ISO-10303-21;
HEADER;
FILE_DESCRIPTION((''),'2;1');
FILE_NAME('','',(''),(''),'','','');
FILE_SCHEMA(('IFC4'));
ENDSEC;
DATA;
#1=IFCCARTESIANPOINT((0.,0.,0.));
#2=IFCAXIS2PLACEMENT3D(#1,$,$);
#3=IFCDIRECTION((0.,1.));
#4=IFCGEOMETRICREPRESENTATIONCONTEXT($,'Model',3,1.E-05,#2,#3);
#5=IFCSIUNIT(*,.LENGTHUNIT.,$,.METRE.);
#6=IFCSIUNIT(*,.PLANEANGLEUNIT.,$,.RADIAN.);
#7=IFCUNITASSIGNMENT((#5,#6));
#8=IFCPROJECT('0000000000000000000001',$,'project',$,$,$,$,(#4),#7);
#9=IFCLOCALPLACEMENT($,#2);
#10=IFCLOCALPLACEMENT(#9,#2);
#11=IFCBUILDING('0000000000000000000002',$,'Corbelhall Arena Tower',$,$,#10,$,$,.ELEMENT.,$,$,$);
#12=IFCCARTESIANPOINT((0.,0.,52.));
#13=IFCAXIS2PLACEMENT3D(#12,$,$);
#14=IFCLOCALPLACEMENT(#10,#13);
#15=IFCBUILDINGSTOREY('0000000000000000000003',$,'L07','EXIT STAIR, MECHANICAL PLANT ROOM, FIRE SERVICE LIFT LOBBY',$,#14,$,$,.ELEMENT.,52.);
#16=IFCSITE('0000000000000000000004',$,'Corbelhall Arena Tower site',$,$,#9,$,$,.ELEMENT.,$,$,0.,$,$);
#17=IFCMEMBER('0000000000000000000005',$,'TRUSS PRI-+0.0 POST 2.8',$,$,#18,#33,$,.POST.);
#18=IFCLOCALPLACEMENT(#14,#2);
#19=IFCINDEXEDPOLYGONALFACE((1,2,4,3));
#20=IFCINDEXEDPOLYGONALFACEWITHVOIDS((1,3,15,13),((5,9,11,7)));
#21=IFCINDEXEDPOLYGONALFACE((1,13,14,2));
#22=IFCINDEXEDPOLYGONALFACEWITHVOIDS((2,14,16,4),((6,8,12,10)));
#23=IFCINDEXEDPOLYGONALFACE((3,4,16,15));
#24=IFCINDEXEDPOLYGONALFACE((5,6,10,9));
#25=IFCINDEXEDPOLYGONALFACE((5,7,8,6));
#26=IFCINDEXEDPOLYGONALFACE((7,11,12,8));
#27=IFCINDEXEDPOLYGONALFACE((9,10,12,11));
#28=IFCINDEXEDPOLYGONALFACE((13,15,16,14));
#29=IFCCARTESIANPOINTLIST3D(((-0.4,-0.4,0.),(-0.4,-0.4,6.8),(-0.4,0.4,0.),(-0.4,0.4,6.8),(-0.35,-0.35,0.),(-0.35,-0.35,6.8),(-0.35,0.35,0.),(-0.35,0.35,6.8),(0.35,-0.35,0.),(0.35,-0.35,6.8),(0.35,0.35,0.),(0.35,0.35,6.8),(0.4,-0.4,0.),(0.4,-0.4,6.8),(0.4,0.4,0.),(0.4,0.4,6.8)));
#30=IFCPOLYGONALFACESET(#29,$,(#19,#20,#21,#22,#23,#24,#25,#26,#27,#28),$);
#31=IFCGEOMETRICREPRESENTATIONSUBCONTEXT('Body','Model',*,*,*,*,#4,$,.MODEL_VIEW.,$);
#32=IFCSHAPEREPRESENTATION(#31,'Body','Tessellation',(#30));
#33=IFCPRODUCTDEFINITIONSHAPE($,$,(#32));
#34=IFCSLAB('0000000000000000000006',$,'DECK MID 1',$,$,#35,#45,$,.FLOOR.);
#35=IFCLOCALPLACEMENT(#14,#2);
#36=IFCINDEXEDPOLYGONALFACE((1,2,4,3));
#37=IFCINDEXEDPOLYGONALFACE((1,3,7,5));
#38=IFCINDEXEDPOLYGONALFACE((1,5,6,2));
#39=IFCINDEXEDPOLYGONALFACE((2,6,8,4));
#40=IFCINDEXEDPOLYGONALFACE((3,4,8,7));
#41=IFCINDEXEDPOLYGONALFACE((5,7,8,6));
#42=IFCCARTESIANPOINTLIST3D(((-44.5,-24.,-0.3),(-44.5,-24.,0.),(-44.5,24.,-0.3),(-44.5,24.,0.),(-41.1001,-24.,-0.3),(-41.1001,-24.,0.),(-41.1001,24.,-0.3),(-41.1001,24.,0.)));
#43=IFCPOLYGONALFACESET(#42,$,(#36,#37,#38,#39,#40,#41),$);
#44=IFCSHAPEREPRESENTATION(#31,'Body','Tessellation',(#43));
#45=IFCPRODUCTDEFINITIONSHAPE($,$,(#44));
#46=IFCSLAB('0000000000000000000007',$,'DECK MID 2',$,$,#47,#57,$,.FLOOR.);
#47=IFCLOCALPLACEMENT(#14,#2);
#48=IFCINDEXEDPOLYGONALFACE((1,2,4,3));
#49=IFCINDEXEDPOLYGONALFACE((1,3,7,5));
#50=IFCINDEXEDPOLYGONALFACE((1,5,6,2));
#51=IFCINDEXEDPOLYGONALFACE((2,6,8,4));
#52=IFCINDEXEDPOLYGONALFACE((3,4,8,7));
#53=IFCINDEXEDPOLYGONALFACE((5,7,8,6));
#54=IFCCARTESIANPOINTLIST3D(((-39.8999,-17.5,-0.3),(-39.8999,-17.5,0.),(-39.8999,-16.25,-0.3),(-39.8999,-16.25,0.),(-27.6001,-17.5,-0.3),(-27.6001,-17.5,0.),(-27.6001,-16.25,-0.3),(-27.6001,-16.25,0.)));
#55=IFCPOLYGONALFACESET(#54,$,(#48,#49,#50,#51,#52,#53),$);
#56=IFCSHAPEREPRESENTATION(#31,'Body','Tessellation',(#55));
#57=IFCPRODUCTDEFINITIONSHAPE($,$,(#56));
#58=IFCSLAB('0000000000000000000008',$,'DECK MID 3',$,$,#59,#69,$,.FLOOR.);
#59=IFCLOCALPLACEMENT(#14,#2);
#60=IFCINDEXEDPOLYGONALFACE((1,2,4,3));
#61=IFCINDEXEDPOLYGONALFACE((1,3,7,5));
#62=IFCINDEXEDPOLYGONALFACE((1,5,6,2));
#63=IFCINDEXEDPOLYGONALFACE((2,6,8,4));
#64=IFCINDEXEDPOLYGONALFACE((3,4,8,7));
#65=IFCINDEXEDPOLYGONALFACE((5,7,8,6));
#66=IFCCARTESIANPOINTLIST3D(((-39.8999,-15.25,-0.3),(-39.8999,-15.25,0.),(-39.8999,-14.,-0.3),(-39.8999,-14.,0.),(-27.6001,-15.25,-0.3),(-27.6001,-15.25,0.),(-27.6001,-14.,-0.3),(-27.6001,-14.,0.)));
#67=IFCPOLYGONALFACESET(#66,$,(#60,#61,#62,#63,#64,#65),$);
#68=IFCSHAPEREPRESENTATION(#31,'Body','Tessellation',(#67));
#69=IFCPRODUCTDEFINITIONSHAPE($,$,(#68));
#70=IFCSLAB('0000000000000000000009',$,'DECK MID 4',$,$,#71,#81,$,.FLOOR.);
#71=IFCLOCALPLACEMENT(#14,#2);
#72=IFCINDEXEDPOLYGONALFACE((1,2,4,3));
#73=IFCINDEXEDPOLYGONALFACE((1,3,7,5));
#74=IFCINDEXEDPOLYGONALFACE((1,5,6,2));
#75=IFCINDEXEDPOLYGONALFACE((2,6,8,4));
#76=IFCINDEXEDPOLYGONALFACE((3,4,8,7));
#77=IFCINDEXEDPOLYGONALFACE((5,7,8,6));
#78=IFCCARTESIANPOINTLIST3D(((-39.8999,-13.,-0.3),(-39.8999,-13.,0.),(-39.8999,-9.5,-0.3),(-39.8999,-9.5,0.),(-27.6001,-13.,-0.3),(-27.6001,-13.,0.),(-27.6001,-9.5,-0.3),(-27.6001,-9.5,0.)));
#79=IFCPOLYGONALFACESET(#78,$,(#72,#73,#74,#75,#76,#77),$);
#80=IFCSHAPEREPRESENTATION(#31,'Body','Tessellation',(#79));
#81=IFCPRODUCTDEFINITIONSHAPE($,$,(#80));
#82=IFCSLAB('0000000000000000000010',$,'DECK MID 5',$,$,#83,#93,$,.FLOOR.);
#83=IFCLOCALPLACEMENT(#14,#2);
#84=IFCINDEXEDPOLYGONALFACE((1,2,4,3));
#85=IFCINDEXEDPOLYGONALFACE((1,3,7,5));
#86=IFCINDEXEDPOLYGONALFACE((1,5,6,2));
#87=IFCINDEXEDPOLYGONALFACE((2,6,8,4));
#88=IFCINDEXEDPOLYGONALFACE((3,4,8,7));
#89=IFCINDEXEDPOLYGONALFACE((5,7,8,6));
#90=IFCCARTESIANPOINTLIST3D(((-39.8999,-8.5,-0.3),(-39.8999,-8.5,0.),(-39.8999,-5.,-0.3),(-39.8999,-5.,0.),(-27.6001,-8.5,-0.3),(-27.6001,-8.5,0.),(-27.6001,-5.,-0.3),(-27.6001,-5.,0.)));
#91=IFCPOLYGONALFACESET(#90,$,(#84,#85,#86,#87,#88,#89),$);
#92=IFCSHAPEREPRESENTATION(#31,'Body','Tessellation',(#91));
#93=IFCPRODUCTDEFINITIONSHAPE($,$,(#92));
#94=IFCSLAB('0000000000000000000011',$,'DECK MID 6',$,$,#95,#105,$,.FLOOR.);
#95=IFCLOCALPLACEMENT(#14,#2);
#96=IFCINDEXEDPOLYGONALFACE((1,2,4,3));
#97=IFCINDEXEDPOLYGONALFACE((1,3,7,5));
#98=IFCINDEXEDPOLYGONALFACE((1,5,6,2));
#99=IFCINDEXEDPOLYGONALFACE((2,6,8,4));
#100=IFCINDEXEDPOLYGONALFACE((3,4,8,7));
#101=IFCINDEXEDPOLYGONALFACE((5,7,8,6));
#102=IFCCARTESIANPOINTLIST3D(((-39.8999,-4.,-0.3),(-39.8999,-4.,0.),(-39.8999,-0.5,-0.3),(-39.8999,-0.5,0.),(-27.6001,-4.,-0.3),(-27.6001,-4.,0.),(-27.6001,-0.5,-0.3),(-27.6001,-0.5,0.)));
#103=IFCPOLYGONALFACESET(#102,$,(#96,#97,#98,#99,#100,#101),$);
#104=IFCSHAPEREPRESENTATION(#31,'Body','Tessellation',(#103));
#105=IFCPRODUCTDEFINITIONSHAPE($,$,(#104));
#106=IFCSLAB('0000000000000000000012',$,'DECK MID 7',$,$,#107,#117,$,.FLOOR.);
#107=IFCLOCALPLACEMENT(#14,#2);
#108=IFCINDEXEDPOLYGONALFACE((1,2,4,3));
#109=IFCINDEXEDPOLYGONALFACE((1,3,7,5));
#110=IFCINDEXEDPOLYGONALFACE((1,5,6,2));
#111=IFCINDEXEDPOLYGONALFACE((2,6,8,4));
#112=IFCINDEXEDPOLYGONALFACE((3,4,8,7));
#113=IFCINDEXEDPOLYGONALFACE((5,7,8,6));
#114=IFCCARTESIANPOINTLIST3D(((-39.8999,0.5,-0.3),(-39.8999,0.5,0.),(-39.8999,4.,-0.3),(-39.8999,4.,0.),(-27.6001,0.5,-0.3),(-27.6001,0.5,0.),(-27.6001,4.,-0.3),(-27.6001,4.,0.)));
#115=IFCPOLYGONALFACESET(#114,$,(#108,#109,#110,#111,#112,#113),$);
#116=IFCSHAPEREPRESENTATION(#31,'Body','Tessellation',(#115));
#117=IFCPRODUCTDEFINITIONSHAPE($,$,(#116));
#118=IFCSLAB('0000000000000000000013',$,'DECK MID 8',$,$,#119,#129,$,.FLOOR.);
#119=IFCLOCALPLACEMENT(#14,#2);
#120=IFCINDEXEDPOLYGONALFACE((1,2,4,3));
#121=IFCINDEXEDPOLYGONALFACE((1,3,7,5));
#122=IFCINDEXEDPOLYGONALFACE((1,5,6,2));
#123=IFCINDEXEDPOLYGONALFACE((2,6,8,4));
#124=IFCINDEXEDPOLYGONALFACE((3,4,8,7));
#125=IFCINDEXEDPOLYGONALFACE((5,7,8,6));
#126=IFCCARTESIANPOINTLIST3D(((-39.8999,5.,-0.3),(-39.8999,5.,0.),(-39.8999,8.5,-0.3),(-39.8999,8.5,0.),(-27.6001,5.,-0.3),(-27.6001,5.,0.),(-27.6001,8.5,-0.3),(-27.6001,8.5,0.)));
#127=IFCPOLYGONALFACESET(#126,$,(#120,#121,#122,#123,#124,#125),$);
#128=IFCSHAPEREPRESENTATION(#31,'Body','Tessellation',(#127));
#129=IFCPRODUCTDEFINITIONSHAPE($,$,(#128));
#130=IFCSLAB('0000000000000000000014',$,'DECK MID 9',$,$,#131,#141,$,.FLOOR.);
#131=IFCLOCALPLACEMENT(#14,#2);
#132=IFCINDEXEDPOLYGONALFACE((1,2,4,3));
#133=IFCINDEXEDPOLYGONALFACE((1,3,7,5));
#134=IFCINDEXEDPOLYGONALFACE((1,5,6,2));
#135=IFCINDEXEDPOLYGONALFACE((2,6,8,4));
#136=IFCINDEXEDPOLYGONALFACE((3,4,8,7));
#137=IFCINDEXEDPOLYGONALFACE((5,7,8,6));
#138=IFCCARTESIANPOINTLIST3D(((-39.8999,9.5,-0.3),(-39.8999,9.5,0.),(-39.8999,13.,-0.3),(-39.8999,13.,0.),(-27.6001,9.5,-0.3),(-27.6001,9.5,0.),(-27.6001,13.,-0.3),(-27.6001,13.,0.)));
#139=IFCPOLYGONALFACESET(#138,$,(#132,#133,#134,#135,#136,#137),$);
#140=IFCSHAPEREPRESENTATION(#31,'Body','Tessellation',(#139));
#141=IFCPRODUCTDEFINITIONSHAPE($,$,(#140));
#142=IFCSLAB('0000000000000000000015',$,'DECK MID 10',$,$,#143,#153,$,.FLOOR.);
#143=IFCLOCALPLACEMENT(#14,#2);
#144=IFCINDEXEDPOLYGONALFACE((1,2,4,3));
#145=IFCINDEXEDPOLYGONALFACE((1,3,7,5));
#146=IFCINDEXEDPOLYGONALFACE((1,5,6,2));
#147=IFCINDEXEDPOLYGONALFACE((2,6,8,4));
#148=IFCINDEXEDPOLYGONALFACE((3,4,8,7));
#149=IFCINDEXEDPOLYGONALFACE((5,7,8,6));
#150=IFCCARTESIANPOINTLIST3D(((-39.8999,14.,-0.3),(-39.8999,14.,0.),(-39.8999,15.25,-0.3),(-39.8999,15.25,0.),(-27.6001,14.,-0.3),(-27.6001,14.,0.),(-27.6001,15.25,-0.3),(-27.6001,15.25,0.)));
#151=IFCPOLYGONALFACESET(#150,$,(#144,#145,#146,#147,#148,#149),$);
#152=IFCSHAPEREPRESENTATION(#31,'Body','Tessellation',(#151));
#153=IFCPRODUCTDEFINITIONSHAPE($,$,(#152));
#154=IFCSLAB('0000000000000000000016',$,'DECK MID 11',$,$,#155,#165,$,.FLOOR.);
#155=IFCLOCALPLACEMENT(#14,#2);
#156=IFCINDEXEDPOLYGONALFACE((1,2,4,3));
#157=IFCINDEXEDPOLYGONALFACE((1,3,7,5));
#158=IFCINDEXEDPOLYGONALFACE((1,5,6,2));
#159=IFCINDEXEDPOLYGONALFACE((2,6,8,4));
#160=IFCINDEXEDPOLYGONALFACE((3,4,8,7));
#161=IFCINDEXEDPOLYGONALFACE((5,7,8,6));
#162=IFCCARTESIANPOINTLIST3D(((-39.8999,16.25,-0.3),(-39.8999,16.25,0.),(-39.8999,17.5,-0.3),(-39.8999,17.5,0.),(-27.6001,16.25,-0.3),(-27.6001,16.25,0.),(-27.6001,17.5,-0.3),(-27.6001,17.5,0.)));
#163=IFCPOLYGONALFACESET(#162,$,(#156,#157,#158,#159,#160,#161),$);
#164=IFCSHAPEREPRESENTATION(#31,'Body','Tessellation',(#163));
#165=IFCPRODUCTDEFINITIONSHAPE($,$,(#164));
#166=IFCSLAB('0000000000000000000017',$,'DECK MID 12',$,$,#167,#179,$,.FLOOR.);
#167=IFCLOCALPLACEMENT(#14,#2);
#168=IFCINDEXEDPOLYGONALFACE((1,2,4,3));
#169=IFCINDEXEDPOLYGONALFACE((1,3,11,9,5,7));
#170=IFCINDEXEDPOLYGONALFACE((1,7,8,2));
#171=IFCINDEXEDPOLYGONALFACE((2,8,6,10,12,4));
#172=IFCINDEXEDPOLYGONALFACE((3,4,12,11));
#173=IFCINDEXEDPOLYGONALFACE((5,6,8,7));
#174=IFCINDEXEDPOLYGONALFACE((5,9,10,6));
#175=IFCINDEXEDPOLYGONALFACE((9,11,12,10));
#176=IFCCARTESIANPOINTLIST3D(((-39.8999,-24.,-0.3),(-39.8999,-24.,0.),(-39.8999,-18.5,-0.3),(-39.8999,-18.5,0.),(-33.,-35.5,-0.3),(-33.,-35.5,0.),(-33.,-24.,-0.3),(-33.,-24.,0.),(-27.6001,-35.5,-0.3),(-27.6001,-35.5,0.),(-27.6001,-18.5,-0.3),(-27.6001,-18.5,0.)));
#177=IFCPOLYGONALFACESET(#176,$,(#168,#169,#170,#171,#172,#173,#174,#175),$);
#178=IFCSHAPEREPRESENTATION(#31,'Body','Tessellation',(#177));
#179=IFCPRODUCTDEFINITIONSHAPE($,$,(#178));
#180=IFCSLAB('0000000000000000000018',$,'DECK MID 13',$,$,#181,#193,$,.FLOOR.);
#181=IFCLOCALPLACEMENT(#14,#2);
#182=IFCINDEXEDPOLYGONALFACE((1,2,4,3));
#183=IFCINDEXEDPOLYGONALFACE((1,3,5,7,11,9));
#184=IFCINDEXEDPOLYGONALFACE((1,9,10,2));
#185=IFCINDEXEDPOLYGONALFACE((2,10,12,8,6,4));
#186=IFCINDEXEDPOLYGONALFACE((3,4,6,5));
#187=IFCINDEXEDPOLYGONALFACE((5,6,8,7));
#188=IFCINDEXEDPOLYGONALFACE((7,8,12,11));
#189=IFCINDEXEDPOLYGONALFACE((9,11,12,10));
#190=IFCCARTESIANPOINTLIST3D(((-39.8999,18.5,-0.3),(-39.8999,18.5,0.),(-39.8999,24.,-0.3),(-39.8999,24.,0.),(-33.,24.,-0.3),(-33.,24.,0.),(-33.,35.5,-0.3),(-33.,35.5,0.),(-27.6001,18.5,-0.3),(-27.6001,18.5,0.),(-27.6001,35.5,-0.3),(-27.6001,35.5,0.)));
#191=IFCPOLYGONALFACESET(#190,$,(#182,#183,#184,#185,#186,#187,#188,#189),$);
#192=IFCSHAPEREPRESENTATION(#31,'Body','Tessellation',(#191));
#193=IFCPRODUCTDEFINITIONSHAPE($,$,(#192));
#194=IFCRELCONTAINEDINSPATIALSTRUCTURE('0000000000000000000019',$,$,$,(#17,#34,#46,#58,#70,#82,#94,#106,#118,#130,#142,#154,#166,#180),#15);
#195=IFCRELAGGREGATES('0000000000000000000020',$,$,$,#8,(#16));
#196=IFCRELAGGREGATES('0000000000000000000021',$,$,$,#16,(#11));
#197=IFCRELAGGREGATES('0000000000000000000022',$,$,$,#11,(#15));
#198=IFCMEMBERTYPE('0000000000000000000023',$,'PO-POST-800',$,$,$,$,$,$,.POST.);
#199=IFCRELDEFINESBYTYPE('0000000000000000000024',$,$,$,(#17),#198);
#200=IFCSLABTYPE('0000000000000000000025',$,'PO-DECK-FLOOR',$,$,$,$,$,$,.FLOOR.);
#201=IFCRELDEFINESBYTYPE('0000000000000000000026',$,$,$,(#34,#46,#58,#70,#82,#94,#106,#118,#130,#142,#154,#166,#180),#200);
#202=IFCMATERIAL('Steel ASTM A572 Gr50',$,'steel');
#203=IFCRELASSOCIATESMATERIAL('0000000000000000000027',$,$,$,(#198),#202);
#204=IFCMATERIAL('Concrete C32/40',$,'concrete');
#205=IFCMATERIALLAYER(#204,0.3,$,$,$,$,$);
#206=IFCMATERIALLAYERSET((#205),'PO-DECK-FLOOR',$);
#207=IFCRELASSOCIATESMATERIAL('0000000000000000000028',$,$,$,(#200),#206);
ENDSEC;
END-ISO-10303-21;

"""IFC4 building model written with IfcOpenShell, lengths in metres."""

from ifc_helpers import new_model, si_unit, direction, frame, origin, origin_2d, place, context, subcontext, project, spatial, polyline, hollow_rectangle, outline, extrude, material, layer, layer_set, material_profile, profile_set, type_object, element, save


model = new_model("IFC4")

# Units and contexts
model_context = context("Model", 3, precision=1e-05, world=origin(), true_north=direction((0.0, 1.0)))
body_context = subcontext(model_context, "Body", "Model", "MODEL_VIEW")
ifc_project = project(units=[si_unit("LENGTHUNIT", "METRE"), si_unit("PLANEANGLEUNIT", "RADIAN")], contexts=[model_context])

# Site, building, storey
site_placement = place(None, origin())
site = spatial("IfcSite", under=ifc_project, at=site_placement, Name="Corbelhall Arena Tower site", CompositionType="ELEMENT", RefElevation=0.0)
building_placement = place(site_placement, origin())
building = spatial("IfcBuilding", under=site, at=building_placement, Name="Corbelhall Arena Tower", CompositionType="ELEMENT")
storey_placement = place(building_placement, frame((0.0, 0.0, 52.0)))
storey = spatial("IfcBuildingStorey", under=building, at=storey_placement, Name="L07", Description="EXIT STAIR, MECHANICAL PLANT ROOM, FIRE SERVICE LIFT LOBBY", CompositionType="ELEMENT", Elevation=52.0)

# Member
ifc_material_1 = material(Name="Steel ASTM A572 Gr50", Category="steel")
ifc_material_profile_1 = material_profile(ifc_material_1, hollow_rectangle(XDim=0.8, YDim=0.8, WallThickness=0.05, at=origin_2d()))
ifc_profile_set_1 = profile_set([ifc_material_profile_1], Name="Steel ASTM A572 Gr50")
member_type_1 = type_object("IfcMemberType", Name="PO-POST-800", PredefinedType="POST", material=ifc_profile_set_1)
for number, where, z_axis, x_axis, name in (
    (1, (0.0, 0.0, 0.0), (0.0, 0.0, 1.0), (1.0, 0.0, 0.0), "TRUSS PRI-+0.0 POST 2.8"),
):
    element("IfcMember", number, at=place(storey_placement, frame(where, z_axis=z_axis, x_axis=x_axis)), inside=storey, type_object=member_type_1, Name=name, PredefinedType="POST", context=body_context, shape_type="SweptSolid", body=[
        extrude(hollow_rectangle(XDim=0.8, YDim=0.8, WallThickness=0.05, at=origin_2d()), origin(), (0.0, 0.0, 1.0), 6.8),
    ])

# Slabs
ifc_material_2 = material(Name="Concrete C32/40", Category="concrete")
ifc_layer = layer(ifc_material_2, 0.3)
ifc_layer_set = layer_set([ifc_layer], Name="PO-DECK-FLOOR")
slab_type = type_object("IfcSlabType", Name="PO-DECK-FLOOR", PredefinedType="FLOOR", material=ifc_layer_set)
slab_1_placement = place(storey_placement, frame((0.0, 0.0, -0.3)))
element("IfcSlab", 2, at=slab_1_placement, inside=storey, type_object=slab_type, Name="DECK MID 1", PredefinedType="FLOOR", context=body_context, shape_type="SweptSolid", body=[
    extrude(outline(polyline([(-44.5, -24.0), (-44.5, 24.0), (-41.1001, 24.0), (-41.1001, -24.0), (-44.5, -24.0)])), origin(), (0.0, 0.0, 1.0), 0.3),
])
slab_2_placement = place(storey_placement, frame((0.0, 0.0, -0.3)))
element("IfcSlab", 3, at=slab_2_placement, inside=storey, type_object=slab_type, Name="DECK MID 2", PredefinedType="FLOOR", context=body_context, shape_type="SweptSolid", body=[
    extrude(outline(polyline([(-27.6001, -16.25), (-27.6001, -17.5), (-39.8999, -17.5), (-39.8999, -16.25), (-27.6001, -16.25)])), origin(), (0.0, 0.0, 1.0), 0.3),
])
slab_3_placement = place(storey_placement, frame((0.0, 0.0, -0.3)))
element("IfcSlab", 4, at=slab_3_placement, inside=storey, type_object=slab_type, Name="DECK MID 3", PredefinedType="FLOOR", context=body_context, shape_type="SweptSolid", body=[
    extrude(outline(polyline([(-27.6001, -14.0), (-27.6001, -15.25), (-39.8999, -15.25), (-39.8999, -14.0), (-27.6001, -14.0)])), origin(), (0.0, 0.0, 1.0), 0.3),
])
slab_4_placement = place(storey_placement, frame((0.0, 0.0, -0.3)))
element("IfcSlab", 5, at=slab_4_placement, inside=storey, type_object=slab_type, Name="DECK MID 4", PredefinedType="FLOOR", context=body_context, shape_type="SweptSolid", body=[
    extrude(outline(polyline([(-27.6001, -9.5), (-27.6001, -13.0), (-39.8999, -13.0), (-39.8999, -9.5), (-27.6001, -9.5)])), origin(), (0.0, 0.0, 1.0), 0.3),
])
slab_5_placement = place(storey_placement, frame((0.0, 0.0, -0.3)))
element("IfcSlab", 6, at=slab_5_placement, inside=storey, type_object=slab_type, Name="DECK MID 5", PredefinedType="FLOOR", context=body_context, shape_type="SweptSolid", body=[
    extrude(outline(polyline([(-27.6001, -5.0), (-27.6001, -8.5), (-39.8999, -8.5), (-39.8999, -5.0), (-27.6001, -5.0)])), origin(), (0.0, 0.0, 1.0), 0.3),
])
slab_6_placement = place(storey_placement, frame((0.0, 0.0, -0.3)))
element("IfcSlab", 7, at=slab_6_placement, inside=storey, type_object=slab_type, Name="DECK MID 6", PredefinedType="FLOOR", context=body_context, shape_type="SweptSolid", body=[
    extrude(outline(polyline([(-27.6001, -0.5), (-27.6001, -4.0), (-39.8999, -4.0), (-39.8999, -0.5), (-27.6001, -0.5)])), origin(), (0.0, 0.0, 1.0), 0.3),
])
slab_7_placement = place(storey_placement, frame((0.0, 0.0, -0.3)))
element("IfcSlab", 8, at=slab_7_placement, inside=storey, type_object=slab_type, Name="DECK MID 7", PredefinedType="FLOOR", context=body_context, shape_type="SweptSolid", body=[
    extrude(outline(polyline([(-27.6001, 4.0), (-27.6001, 0.5), (-39.8999, 0.5), (-39.8999, 4.0), (-27.6001, 4.0)])), origin(), (0.0, 0.0, 1.0), 0.3),
])
slab_8_placement = place(storey_placement, frame((0.0, 0.0, -0.3)))
element("IfcSlab", 9, at=slab_8_placement, inside=storey, type_object=slab_type, Name="DECK MID 8", PredefinedType="FLOOR", context=body_context, shape_type="SweptSolid", body=[
    extrude(outline(polyline([(-27.6001, 8.5), (-27.6001, 5.0), (-39.8999, 5.0), (-39.8999, 8.5), (-27.6001, 8.5)])), origin(), (0.0, 0.0, 1.0), 0.3),
])
slab_9_placement = place(storey_placement, frame((0.0, 0.0, -0.3)))
element("IfcSlab", 10, at=slab_9_placement, inside=storey, type_object=slab_type, Name="DECK MID 9", PredefinedType="FLOOR", context=body_context, shape_type="SweptSolid", body=[
    extrude(outline(polyline([(-27.6001, 13.0), (-27.6001, 9.5), (-39.8999, 9.5), (-39.8999, 13.0), (-27.6001, 13.0)])), origin(), (0.0, 0.0, 1.0), 0.3),
])
slab_10_placement = place(storey_placement, frame((0.0, 0.0, -0.3)))
element("IfcSlab", 11, at=slab_10_placement, inside=storey, type_object=slab_type, Name="DECK MID 10", PredefinedType="FLOOR", context=body_context, shape_type="SweptSolid", body=[
    extrude(outline(polyline([(-27.6001, 15.25), (-27.6001, 14.0), (-39.8999, 14.0), (-39.8999, 15.25), (-27.6001, 15.25)])), origin(), (0.0, 0.0, 1.0), 0.3),
])
slab_11_placement = place(storey_placement, frame((0.0, 0.0, -0.3)))
element("IfcSlab", 12, at=slab_11_placement, inside=storey, type_object=slab_type, Name="DECK MID 11", PredefinedType="FLOOR", context=body_context, shape_type="SweptSolid", body=[
    extrude(outline(polyline([(-39.8999, 16.25), (-39.8999, 17.5), (-27.6001, 17.5), (-27.6001, 16.25), (-39.8999, 16.25)])), origin(), (0.0, 0.0, 1.0), 0.3),
])
slab_12_placement = place(storey_placement, frame((0.0, 0.0, -0.3)))
element("IfcSlab", 13, at=slab_12_placement, inside=storey, type_object=slab_type, Name="DECK MID 12", PredefinedType="FLOOR", context=body_context, shape_type="SweptSolid", body=[
    extrude(outline(polyline([(-27.6001, -18.5), (-27.6001, -35.5), (-33.0, -35.5), (-33.0, -24.0), (-39.8999, -24.0), (-39.8999, -18.5), (-27.6001, -18.5)])), origin(), (0.0, 0.0, 1.0), 0.3),
])
slab_13_placement = place(storey_placement, frame((0.0, 0.0, -0.3)))
element("IfcSlab", 14, at=slab_13_placement, inside=storey, type_object=slab_type, Name="DECK MID 13", PredefinedType="FLOOR", context=body_context, shape_type="SweptSolid", body=[
    extrude(outline(polyline([(-33.0, 35.5), (-27.6001, 35.5), (-27.6001, 18.5), (-39.8999, 18.5), (-39.8999, 24.0), (-33.0, 24.0), (-33.0, 35.5)])), origin(), (0.0, 0.0, 1.0), 0.3),
])

save(model, "model.ifc")
